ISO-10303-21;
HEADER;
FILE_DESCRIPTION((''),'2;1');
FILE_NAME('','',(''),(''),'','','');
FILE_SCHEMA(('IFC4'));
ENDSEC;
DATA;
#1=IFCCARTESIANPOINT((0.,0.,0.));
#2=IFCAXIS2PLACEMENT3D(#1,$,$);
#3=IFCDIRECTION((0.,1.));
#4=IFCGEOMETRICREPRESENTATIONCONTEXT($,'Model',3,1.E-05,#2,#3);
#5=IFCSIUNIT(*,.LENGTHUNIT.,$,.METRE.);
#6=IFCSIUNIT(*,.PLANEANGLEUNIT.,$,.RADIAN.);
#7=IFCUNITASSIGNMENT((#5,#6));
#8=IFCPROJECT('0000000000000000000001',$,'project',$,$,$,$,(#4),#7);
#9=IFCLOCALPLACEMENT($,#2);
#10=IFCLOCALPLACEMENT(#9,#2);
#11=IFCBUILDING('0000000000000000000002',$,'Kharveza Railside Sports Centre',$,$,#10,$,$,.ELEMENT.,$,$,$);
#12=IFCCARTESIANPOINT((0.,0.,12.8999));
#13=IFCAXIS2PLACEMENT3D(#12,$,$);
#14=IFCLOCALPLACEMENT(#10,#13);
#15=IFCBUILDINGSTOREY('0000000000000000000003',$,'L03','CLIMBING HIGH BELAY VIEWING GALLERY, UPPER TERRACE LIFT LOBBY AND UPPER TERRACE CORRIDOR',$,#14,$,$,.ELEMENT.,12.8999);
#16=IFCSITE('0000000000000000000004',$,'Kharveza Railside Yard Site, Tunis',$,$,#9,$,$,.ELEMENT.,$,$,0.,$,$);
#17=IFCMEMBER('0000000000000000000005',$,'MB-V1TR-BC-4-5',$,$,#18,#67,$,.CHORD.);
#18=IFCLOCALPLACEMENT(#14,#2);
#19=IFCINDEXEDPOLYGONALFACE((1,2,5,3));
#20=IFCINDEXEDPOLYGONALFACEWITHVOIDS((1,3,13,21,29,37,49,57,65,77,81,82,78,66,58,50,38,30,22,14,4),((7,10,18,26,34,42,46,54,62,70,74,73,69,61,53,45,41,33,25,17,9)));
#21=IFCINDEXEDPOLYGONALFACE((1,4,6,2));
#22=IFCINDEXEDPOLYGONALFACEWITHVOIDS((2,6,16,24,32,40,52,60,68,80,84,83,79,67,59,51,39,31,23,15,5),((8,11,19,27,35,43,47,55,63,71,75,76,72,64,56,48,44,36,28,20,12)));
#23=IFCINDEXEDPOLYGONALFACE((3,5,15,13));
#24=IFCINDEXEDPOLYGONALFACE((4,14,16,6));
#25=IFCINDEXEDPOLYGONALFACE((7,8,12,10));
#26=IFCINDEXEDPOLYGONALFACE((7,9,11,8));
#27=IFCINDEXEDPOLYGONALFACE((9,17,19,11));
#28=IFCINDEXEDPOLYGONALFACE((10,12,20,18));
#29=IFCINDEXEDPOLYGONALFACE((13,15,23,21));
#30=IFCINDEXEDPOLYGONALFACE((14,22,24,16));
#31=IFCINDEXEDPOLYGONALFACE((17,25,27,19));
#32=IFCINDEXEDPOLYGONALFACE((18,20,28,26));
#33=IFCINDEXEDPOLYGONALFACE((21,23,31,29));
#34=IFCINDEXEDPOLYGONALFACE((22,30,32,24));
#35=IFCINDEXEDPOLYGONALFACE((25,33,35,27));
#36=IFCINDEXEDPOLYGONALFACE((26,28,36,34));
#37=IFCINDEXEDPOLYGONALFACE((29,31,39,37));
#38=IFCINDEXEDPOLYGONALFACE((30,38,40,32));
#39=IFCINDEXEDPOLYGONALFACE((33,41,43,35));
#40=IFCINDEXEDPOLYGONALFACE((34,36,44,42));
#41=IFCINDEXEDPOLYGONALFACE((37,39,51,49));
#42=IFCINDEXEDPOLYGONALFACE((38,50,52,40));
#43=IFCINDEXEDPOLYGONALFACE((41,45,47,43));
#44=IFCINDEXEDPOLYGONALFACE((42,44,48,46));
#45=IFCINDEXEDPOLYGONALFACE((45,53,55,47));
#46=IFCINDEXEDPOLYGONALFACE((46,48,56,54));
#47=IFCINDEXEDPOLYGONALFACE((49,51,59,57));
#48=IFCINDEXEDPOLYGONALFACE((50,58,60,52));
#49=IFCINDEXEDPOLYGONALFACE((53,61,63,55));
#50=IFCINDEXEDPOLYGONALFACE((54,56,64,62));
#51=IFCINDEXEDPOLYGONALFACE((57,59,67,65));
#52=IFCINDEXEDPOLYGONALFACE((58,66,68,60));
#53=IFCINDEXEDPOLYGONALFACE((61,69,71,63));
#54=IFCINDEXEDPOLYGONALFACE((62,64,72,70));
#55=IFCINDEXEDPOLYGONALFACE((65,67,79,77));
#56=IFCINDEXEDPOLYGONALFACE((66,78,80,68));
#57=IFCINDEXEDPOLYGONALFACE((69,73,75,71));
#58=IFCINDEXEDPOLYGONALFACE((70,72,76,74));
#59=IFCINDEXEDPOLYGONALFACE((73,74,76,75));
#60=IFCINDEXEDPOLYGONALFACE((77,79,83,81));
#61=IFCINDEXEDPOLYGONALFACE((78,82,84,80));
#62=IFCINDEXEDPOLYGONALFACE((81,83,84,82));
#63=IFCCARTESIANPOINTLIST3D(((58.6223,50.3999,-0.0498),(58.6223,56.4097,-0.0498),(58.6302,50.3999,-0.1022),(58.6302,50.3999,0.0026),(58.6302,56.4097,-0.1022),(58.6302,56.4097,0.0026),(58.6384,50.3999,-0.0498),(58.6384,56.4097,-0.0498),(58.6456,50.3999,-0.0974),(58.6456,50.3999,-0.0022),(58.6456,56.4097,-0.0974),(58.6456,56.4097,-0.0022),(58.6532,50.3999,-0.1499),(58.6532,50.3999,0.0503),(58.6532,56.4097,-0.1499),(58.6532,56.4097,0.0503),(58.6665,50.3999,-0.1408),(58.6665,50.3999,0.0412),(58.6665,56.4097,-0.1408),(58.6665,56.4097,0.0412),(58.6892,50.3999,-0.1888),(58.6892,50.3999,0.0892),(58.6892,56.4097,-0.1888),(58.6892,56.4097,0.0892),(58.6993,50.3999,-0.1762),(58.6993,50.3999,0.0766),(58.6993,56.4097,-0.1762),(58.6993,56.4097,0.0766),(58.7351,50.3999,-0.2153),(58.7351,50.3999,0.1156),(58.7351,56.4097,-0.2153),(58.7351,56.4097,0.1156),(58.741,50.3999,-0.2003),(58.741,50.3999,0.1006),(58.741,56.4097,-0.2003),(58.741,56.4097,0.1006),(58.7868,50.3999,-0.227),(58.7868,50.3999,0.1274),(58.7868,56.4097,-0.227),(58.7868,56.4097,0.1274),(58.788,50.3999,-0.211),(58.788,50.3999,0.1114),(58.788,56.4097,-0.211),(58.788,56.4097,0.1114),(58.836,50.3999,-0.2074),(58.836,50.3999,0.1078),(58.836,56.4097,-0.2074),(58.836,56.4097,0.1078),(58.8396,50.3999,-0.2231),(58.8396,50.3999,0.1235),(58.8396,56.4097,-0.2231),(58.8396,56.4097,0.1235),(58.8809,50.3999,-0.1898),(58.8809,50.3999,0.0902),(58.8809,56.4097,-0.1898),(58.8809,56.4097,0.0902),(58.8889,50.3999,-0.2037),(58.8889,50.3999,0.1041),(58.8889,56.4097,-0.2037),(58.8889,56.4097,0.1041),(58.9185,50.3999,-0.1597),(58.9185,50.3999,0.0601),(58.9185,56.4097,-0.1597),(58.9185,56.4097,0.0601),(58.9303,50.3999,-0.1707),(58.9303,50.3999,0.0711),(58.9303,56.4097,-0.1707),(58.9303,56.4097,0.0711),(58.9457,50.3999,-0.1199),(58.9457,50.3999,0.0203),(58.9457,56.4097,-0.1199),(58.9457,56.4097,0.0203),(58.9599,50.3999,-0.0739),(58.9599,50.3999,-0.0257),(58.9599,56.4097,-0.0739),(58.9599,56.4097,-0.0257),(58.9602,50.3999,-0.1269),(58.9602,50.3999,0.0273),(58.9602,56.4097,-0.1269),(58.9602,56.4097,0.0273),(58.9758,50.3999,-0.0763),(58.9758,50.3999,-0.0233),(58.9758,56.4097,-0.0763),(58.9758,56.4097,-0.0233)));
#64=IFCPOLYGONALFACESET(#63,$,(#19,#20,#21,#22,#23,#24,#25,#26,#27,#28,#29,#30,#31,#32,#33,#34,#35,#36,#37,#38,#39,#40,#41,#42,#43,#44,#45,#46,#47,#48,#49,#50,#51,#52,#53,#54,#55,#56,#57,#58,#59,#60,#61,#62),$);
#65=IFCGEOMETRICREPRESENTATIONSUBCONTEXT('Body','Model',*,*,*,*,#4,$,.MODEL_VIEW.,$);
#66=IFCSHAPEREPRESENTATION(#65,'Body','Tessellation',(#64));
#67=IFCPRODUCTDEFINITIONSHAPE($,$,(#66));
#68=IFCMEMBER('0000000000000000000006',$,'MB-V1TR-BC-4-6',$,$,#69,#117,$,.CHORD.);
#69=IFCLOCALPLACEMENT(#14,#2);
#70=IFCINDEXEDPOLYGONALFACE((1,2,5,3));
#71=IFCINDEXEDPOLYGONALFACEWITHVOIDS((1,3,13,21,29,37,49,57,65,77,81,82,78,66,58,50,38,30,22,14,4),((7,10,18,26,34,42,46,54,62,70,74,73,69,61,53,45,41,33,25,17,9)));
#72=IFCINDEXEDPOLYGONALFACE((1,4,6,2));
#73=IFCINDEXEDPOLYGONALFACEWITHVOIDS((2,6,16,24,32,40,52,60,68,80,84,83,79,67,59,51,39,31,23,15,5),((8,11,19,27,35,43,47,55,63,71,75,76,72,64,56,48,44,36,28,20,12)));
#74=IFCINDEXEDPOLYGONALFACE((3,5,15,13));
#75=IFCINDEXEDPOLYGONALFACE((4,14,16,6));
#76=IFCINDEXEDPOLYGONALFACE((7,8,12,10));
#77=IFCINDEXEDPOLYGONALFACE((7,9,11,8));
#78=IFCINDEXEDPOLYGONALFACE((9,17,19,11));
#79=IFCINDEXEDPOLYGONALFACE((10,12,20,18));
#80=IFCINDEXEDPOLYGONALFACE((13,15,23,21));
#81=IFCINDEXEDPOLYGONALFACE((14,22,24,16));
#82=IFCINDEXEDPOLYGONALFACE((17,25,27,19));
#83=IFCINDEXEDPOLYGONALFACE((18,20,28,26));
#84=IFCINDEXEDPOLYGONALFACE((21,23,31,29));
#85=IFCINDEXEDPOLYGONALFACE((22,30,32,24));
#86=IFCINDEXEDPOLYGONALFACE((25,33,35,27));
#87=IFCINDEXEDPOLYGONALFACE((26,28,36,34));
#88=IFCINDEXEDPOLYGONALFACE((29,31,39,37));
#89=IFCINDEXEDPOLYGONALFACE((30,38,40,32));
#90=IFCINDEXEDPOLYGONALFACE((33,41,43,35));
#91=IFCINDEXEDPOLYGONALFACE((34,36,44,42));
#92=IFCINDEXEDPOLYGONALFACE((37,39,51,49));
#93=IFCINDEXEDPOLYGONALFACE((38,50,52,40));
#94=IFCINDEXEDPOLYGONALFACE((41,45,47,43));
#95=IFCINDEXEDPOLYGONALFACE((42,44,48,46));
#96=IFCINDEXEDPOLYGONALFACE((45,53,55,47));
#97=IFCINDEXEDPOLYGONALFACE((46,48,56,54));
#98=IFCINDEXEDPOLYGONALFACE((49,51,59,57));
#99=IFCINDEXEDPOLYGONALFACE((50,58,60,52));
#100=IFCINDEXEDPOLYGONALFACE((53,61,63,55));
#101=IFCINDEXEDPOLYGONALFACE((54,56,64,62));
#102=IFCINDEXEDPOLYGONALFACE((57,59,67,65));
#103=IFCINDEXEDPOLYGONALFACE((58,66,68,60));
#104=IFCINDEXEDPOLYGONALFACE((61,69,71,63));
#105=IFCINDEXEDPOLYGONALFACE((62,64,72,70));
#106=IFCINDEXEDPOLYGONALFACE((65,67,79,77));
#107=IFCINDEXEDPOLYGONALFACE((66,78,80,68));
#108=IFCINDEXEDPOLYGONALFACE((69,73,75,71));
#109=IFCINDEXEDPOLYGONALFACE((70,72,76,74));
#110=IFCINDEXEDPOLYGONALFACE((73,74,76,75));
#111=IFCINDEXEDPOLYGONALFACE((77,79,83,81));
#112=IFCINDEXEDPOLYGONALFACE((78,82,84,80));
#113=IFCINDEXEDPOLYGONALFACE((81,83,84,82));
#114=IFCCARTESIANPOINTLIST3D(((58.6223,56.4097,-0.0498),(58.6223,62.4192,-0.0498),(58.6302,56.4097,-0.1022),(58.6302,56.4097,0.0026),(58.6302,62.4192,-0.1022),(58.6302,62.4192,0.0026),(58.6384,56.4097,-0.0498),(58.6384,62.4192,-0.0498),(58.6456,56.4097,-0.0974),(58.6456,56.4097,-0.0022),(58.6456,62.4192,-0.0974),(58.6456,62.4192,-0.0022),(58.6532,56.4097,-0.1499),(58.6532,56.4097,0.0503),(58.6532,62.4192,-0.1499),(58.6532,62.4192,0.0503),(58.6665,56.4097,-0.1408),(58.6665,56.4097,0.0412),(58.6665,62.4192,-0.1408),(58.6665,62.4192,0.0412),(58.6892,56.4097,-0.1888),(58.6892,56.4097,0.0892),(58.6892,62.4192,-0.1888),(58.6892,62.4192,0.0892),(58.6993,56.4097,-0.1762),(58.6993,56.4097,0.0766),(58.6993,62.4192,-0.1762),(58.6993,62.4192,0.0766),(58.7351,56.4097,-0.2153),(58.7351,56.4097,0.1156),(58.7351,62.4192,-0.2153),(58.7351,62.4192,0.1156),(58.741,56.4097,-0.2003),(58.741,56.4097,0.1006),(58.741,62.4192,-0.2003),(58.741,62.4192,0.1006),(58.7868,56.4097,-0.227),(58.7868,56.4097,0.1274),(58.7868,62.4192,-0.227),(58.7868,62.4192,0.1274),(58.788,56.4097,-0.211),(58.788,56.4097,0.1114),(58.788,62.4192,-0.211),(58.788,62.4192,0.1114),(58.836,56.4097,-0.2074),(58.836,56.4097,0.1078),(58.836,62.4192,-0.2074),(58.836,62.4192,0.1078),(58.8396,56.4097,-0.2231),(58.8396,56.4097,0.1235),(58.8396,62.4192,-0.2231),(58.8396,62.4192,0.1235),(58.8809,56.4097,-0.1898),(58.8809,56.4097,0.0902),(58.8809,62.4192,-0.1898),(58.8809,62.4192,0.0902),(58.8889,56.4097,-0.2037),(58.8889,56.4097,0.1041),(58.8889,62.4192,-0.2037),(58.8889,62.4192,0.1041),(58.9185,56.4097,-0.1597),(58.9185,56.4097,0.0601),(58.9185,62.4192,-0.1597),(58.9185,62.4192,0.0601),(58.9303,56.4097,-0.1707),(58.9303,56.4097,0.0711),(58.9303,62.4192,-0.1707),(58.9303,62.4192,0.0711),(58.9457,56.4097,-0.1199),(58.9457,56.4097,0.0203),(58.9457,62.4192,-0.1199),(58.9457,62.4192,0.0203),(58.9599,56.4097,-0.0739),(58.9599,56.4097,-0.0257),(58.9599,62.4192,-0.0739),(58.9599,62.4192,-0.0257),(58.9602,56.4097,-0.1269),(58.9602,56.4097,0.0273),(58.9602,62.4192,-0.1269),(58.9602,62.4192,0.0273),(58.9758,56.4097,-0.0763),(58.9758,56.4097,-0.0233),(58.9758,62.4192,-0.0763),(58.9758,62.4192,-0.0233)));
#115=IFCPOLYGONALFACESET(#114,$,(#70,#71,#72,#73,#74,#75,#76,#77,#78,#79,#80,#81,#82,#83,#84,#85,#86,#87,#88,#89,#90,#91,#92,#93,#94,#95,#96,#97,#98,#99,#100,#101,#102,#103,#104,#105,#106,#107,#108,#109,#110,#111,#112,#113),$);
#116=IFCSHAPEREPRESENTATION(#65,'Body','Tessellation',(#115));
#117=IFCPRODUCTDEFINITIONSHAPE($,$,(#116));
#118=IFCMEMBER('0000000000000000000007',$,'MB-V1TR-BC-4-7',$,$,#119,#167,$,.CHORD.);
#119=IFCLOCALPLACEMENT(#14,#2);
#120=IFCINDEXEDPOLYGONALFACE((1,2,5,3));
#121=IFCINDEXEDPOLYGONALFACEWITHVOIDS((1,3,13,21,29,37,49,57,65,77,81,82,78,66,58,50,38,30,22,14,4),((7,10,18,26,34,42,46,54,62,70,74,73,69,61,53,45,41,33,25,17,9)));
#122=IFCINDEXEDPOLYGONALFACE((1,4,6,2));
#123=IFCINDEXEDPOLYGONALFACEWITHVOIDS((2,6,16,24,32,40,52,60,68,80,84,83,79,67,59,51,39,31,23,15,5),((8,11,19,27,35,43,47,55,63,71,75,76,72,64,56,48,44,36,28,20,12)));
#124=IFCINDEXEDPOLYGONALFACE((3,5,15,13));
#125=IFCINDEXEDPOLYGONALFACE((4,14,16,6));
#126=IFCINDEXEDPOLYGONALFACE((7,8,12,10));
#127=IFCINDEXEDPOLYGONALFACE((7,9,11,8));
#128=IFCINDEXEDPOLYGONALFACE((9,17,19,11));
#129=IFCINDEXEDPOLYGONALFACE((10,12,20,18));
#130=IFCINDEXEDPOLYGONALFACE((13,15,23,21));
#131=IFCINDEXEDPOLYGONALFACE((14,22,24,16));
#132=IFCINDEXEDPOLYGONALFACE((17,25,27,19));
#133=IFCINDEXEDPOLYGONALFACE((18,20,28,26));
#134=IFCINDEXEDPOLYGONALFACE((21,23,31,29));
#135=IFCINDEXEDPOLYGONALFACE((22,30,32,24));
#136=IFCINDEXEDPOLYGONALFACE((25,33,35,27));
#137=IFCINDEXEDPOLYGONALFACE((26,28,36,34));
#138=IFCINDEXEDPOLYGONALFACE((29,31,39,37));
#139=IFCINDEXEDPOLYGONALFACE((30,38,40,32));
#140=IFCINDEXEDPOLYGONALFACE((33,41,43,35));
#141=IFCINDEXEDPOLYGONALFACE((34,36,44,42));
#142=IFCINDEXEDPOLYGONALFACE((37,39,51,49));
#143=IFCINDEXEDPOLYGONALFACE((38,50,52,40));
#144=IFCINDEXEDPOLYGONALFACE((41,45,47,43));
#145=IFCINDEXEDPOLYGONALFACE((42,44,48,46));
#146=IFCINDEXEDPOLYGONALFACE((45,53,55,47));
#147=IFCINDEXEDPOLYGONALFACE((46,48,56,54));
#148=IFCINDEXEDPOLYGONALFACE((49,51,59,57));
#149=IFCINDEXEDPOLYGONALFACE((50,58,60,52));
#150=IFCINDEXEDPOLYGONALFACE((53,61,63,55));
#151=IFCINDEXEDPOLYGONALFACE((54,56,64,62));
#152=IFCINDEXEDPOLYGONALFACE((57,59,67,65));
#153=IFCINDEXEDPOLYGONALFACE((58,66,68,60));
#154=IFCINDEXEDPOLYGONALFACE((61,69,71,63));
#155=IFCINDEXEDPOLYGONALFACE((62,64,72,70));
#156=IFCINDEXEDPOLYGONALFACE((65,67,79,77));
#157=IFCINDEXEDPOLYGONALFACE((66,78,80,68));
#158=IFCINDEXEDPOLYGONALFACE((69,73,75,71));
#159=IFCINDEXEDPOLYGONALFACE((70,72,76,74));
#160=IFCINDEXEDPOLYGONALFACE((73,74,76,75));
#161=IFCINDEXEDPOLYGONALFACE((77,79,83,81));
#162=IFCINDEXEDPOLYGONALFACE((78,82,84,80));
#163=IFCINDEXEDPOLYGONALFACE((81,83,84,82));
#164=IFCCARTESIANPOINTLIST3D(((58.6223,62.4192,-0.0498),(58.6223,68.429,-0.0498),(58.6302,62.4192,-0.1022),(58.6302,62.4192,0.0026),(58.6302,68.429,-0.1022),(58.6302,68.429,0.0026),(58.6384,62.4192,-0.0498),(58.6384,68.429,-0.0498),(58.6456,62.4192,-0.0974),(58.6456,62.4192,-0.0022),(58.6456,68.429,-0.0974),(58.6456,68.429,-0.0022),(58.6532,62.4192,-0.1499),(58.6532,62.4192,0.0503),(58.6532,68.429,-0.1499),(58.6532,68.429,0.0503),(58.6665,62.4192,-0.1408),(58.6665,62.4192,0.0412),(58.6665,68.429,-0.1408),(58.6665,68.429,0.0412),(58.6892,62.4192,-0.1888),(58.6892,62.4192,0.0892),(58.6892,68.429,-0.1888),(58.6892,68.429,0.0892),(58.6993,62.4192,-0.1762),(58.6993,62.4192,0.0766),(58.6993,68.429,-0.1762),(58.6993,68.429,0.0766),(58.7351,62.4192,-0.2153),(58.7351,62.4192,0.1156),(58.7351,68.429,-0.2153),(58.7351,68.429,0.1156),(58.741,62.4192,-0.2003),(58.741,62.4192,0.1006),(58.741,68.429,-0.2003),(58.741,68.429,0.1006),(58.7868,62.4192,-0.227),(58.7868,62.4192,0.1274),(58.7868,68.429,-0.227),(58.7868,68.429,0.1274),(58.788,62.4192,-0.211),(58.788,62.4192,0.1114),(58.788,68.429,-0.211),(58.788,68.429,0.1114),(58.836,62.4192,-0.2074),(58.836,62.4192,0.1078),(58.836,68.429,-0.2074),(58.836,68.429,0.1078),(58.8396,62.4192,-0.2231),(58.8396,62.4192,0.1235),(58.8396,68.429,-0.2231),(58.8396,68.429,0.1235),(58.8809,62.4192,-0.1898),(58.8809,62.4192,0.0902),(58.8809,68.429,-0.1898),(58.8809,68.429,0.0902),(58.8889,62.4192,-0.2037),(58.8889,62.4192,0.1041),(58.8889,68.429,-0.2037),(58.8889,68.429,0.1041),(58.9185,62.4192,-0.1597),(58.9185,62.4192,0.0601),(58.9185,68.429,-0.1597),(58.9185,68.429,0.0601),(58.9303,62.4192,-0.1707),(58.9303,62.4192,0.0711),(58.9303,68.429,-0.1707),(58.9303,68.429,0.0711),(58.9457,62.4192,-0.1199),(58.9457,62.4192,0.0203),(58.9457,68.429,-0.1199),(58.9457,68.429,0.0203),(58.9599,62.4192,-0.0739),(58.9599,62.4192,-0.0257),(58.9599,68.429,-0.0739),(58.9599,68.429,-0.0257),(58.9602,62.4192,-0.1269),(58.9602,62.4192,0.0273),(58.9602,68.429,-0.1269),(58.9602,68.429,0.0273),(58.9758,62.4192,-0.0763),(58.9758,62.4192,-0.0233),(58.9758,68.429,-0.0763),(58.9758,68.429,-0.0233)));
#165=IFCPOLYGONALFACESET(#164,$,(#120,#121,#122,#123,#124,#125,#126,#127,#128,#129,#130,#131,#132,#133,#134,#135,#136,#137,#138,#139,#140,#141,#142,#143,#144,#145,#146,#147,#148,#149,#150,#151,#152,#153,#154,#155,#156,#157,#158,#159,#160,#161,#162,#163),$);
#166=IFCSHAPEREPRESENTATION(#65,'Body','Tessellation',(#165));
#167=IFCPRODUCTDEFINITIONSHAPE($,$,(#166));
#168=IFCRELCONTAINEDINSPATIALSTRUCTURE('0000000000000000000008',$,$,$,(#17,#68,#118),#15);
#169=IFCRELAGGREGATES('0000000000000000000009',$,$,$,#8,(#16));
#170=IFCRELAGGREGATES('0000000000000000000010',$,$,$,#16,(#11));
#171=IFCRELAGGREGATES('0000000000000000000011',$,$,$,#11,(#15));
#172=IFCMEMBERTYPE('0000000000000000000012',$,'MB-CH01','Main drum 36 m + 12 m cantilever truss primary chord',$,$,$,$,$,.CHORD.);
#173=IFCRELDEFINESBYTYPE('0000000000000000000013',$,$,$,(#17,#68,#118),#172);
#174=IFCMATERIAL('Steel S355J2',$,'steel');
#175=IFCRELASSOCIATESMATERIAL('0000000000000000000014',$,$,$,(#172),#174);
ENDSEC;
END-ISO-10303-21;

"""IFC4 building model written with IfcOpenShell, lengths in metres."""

from ifc_helpers import new_model, si_unit, direction, frame, origin, origin_2d, place, context, subcontext, project, spatial, hollow_circle, extrude, material, material_profile, profile_set, type_object, element, save


model = new_model("IFC4")

# Units and contexts
model_context = context("Model", 3, precision=1e-05, world=origin(), true_north=direction((0.0, 1.0)))
body_context = subcontext(model_context, "Body", "Model", "MODEL_VIEW")
ifc_project = project(units=[si_unit("LENGTHUNIT", "METRE"), si_unit("PLANEANGLEUNIT", "RADIAN")], contexts=[model_context])

# Site, building, storey
site_placement = place(None, origin())
site = spatial("IfcSite", under=ifc_project, at=site_placement, Name="Kharveza Railside Yard Site, Tunis", CompositionType="ELEMENT", RefElevation=0.0)
building_placement = place(site_placement, origin())
building = spatial("IfcBuilding", under=site, at=building_placement, Name="Kharveza Railside Sports Centre", CompositionType="ELEMENT")
storey_placement = place(building_placement, frame((0.0, 0.0, 12.8999)))
storey = spatial("IfcBuildingStorey", under=building, at=storey_placement, Name="L03", Description="CLIMBING HIGH BELAY VIEWING GALLERY, UPPER TERRACE LIFT LOBBY AND UPPER TERRACE CORRIDOR", CompositionType="ELEMENT", Elevation=12.8999)

# Members
ifc_material = material(Name="Steel S355J2", Category="steel")
ifc_material_profile_1 = material_profile(ifc_material, hollow_circle(Radius=0.1777, WallThickness=0.0161, at=origin_2d()), Name="CHS 355.6x16.0")
ifc_profile_set_1 = profile_set([ifc_material_profile_1], Name="Steel S355J2")
member_type_1 = type_object("IfcMemberType", Name="MB-CH01", Description="Main drum 36 m + 12 m cantilever truss primary chord", PredefinedType="CHORD", material=ifc_profile_set_1)
member_1_placement = place(storey_placement, frame((58.8, 50.3999, -0.0498), z_axis=(0.0, 1.0, 0.0), x_axis=(-1.0, 0.0, 0.0)))
element("IfcMember", 1, at=member_1_placement, inside=storey, type_object=member_type_1, Name="MB-V1TR-BC-4-5", PredefinedType="CHORD", context=body_context, shape_type="SweptSolid", body=[
    extrude(hollow_circle(Radius=0.1777, WallThickness=0.0161, at=origin_2d()), origin(), (0.0, 0.0, 1.0), 6.0098),
])
member_2_placement = place(storey_placement, frame((58.8, 56.4097, -0.0498), z_axis=(0.0, 1.0, 0.0), x_axis=(-1.0, 0.0, 0.0)))
element("IfcMember", 2, at=member_2_placement, inside=storey, type_object=member_type_1, Name="MB-V1TR-BC-4-6", PredefinedType="CHORD", context=body_context, shape_type="SweptSolid", body=[
    extrude(hollow_circle(Radius=0.1777, WallThickness=0.0161, at=origin_2d()), origin(), (0.0, 0.0, 1.0), 6.0095),
])
member_3_placement = place(storey_placement, frame((58.8, 62.4192, -0.0498), z_axis=(0.0, 1.0, 0.0), x_axis=(-1.0, 0.0, 0.0)))
element("IfcMember", 3, at=member_3_placement, inside=storey, type_object=member_type_1, Name="MB-V1TR-BC-4-7", PredefinedType="CHORD", context=body_context, shape_type="SweptSolid", body=[
    extrude(hollow_circle(Radius=0.1777, WallThickness=0.0161, at=origin_2d()), origin(), (0.0, 0.0, 1.0), 6.0098),
])

save(model, "model.ifc")
